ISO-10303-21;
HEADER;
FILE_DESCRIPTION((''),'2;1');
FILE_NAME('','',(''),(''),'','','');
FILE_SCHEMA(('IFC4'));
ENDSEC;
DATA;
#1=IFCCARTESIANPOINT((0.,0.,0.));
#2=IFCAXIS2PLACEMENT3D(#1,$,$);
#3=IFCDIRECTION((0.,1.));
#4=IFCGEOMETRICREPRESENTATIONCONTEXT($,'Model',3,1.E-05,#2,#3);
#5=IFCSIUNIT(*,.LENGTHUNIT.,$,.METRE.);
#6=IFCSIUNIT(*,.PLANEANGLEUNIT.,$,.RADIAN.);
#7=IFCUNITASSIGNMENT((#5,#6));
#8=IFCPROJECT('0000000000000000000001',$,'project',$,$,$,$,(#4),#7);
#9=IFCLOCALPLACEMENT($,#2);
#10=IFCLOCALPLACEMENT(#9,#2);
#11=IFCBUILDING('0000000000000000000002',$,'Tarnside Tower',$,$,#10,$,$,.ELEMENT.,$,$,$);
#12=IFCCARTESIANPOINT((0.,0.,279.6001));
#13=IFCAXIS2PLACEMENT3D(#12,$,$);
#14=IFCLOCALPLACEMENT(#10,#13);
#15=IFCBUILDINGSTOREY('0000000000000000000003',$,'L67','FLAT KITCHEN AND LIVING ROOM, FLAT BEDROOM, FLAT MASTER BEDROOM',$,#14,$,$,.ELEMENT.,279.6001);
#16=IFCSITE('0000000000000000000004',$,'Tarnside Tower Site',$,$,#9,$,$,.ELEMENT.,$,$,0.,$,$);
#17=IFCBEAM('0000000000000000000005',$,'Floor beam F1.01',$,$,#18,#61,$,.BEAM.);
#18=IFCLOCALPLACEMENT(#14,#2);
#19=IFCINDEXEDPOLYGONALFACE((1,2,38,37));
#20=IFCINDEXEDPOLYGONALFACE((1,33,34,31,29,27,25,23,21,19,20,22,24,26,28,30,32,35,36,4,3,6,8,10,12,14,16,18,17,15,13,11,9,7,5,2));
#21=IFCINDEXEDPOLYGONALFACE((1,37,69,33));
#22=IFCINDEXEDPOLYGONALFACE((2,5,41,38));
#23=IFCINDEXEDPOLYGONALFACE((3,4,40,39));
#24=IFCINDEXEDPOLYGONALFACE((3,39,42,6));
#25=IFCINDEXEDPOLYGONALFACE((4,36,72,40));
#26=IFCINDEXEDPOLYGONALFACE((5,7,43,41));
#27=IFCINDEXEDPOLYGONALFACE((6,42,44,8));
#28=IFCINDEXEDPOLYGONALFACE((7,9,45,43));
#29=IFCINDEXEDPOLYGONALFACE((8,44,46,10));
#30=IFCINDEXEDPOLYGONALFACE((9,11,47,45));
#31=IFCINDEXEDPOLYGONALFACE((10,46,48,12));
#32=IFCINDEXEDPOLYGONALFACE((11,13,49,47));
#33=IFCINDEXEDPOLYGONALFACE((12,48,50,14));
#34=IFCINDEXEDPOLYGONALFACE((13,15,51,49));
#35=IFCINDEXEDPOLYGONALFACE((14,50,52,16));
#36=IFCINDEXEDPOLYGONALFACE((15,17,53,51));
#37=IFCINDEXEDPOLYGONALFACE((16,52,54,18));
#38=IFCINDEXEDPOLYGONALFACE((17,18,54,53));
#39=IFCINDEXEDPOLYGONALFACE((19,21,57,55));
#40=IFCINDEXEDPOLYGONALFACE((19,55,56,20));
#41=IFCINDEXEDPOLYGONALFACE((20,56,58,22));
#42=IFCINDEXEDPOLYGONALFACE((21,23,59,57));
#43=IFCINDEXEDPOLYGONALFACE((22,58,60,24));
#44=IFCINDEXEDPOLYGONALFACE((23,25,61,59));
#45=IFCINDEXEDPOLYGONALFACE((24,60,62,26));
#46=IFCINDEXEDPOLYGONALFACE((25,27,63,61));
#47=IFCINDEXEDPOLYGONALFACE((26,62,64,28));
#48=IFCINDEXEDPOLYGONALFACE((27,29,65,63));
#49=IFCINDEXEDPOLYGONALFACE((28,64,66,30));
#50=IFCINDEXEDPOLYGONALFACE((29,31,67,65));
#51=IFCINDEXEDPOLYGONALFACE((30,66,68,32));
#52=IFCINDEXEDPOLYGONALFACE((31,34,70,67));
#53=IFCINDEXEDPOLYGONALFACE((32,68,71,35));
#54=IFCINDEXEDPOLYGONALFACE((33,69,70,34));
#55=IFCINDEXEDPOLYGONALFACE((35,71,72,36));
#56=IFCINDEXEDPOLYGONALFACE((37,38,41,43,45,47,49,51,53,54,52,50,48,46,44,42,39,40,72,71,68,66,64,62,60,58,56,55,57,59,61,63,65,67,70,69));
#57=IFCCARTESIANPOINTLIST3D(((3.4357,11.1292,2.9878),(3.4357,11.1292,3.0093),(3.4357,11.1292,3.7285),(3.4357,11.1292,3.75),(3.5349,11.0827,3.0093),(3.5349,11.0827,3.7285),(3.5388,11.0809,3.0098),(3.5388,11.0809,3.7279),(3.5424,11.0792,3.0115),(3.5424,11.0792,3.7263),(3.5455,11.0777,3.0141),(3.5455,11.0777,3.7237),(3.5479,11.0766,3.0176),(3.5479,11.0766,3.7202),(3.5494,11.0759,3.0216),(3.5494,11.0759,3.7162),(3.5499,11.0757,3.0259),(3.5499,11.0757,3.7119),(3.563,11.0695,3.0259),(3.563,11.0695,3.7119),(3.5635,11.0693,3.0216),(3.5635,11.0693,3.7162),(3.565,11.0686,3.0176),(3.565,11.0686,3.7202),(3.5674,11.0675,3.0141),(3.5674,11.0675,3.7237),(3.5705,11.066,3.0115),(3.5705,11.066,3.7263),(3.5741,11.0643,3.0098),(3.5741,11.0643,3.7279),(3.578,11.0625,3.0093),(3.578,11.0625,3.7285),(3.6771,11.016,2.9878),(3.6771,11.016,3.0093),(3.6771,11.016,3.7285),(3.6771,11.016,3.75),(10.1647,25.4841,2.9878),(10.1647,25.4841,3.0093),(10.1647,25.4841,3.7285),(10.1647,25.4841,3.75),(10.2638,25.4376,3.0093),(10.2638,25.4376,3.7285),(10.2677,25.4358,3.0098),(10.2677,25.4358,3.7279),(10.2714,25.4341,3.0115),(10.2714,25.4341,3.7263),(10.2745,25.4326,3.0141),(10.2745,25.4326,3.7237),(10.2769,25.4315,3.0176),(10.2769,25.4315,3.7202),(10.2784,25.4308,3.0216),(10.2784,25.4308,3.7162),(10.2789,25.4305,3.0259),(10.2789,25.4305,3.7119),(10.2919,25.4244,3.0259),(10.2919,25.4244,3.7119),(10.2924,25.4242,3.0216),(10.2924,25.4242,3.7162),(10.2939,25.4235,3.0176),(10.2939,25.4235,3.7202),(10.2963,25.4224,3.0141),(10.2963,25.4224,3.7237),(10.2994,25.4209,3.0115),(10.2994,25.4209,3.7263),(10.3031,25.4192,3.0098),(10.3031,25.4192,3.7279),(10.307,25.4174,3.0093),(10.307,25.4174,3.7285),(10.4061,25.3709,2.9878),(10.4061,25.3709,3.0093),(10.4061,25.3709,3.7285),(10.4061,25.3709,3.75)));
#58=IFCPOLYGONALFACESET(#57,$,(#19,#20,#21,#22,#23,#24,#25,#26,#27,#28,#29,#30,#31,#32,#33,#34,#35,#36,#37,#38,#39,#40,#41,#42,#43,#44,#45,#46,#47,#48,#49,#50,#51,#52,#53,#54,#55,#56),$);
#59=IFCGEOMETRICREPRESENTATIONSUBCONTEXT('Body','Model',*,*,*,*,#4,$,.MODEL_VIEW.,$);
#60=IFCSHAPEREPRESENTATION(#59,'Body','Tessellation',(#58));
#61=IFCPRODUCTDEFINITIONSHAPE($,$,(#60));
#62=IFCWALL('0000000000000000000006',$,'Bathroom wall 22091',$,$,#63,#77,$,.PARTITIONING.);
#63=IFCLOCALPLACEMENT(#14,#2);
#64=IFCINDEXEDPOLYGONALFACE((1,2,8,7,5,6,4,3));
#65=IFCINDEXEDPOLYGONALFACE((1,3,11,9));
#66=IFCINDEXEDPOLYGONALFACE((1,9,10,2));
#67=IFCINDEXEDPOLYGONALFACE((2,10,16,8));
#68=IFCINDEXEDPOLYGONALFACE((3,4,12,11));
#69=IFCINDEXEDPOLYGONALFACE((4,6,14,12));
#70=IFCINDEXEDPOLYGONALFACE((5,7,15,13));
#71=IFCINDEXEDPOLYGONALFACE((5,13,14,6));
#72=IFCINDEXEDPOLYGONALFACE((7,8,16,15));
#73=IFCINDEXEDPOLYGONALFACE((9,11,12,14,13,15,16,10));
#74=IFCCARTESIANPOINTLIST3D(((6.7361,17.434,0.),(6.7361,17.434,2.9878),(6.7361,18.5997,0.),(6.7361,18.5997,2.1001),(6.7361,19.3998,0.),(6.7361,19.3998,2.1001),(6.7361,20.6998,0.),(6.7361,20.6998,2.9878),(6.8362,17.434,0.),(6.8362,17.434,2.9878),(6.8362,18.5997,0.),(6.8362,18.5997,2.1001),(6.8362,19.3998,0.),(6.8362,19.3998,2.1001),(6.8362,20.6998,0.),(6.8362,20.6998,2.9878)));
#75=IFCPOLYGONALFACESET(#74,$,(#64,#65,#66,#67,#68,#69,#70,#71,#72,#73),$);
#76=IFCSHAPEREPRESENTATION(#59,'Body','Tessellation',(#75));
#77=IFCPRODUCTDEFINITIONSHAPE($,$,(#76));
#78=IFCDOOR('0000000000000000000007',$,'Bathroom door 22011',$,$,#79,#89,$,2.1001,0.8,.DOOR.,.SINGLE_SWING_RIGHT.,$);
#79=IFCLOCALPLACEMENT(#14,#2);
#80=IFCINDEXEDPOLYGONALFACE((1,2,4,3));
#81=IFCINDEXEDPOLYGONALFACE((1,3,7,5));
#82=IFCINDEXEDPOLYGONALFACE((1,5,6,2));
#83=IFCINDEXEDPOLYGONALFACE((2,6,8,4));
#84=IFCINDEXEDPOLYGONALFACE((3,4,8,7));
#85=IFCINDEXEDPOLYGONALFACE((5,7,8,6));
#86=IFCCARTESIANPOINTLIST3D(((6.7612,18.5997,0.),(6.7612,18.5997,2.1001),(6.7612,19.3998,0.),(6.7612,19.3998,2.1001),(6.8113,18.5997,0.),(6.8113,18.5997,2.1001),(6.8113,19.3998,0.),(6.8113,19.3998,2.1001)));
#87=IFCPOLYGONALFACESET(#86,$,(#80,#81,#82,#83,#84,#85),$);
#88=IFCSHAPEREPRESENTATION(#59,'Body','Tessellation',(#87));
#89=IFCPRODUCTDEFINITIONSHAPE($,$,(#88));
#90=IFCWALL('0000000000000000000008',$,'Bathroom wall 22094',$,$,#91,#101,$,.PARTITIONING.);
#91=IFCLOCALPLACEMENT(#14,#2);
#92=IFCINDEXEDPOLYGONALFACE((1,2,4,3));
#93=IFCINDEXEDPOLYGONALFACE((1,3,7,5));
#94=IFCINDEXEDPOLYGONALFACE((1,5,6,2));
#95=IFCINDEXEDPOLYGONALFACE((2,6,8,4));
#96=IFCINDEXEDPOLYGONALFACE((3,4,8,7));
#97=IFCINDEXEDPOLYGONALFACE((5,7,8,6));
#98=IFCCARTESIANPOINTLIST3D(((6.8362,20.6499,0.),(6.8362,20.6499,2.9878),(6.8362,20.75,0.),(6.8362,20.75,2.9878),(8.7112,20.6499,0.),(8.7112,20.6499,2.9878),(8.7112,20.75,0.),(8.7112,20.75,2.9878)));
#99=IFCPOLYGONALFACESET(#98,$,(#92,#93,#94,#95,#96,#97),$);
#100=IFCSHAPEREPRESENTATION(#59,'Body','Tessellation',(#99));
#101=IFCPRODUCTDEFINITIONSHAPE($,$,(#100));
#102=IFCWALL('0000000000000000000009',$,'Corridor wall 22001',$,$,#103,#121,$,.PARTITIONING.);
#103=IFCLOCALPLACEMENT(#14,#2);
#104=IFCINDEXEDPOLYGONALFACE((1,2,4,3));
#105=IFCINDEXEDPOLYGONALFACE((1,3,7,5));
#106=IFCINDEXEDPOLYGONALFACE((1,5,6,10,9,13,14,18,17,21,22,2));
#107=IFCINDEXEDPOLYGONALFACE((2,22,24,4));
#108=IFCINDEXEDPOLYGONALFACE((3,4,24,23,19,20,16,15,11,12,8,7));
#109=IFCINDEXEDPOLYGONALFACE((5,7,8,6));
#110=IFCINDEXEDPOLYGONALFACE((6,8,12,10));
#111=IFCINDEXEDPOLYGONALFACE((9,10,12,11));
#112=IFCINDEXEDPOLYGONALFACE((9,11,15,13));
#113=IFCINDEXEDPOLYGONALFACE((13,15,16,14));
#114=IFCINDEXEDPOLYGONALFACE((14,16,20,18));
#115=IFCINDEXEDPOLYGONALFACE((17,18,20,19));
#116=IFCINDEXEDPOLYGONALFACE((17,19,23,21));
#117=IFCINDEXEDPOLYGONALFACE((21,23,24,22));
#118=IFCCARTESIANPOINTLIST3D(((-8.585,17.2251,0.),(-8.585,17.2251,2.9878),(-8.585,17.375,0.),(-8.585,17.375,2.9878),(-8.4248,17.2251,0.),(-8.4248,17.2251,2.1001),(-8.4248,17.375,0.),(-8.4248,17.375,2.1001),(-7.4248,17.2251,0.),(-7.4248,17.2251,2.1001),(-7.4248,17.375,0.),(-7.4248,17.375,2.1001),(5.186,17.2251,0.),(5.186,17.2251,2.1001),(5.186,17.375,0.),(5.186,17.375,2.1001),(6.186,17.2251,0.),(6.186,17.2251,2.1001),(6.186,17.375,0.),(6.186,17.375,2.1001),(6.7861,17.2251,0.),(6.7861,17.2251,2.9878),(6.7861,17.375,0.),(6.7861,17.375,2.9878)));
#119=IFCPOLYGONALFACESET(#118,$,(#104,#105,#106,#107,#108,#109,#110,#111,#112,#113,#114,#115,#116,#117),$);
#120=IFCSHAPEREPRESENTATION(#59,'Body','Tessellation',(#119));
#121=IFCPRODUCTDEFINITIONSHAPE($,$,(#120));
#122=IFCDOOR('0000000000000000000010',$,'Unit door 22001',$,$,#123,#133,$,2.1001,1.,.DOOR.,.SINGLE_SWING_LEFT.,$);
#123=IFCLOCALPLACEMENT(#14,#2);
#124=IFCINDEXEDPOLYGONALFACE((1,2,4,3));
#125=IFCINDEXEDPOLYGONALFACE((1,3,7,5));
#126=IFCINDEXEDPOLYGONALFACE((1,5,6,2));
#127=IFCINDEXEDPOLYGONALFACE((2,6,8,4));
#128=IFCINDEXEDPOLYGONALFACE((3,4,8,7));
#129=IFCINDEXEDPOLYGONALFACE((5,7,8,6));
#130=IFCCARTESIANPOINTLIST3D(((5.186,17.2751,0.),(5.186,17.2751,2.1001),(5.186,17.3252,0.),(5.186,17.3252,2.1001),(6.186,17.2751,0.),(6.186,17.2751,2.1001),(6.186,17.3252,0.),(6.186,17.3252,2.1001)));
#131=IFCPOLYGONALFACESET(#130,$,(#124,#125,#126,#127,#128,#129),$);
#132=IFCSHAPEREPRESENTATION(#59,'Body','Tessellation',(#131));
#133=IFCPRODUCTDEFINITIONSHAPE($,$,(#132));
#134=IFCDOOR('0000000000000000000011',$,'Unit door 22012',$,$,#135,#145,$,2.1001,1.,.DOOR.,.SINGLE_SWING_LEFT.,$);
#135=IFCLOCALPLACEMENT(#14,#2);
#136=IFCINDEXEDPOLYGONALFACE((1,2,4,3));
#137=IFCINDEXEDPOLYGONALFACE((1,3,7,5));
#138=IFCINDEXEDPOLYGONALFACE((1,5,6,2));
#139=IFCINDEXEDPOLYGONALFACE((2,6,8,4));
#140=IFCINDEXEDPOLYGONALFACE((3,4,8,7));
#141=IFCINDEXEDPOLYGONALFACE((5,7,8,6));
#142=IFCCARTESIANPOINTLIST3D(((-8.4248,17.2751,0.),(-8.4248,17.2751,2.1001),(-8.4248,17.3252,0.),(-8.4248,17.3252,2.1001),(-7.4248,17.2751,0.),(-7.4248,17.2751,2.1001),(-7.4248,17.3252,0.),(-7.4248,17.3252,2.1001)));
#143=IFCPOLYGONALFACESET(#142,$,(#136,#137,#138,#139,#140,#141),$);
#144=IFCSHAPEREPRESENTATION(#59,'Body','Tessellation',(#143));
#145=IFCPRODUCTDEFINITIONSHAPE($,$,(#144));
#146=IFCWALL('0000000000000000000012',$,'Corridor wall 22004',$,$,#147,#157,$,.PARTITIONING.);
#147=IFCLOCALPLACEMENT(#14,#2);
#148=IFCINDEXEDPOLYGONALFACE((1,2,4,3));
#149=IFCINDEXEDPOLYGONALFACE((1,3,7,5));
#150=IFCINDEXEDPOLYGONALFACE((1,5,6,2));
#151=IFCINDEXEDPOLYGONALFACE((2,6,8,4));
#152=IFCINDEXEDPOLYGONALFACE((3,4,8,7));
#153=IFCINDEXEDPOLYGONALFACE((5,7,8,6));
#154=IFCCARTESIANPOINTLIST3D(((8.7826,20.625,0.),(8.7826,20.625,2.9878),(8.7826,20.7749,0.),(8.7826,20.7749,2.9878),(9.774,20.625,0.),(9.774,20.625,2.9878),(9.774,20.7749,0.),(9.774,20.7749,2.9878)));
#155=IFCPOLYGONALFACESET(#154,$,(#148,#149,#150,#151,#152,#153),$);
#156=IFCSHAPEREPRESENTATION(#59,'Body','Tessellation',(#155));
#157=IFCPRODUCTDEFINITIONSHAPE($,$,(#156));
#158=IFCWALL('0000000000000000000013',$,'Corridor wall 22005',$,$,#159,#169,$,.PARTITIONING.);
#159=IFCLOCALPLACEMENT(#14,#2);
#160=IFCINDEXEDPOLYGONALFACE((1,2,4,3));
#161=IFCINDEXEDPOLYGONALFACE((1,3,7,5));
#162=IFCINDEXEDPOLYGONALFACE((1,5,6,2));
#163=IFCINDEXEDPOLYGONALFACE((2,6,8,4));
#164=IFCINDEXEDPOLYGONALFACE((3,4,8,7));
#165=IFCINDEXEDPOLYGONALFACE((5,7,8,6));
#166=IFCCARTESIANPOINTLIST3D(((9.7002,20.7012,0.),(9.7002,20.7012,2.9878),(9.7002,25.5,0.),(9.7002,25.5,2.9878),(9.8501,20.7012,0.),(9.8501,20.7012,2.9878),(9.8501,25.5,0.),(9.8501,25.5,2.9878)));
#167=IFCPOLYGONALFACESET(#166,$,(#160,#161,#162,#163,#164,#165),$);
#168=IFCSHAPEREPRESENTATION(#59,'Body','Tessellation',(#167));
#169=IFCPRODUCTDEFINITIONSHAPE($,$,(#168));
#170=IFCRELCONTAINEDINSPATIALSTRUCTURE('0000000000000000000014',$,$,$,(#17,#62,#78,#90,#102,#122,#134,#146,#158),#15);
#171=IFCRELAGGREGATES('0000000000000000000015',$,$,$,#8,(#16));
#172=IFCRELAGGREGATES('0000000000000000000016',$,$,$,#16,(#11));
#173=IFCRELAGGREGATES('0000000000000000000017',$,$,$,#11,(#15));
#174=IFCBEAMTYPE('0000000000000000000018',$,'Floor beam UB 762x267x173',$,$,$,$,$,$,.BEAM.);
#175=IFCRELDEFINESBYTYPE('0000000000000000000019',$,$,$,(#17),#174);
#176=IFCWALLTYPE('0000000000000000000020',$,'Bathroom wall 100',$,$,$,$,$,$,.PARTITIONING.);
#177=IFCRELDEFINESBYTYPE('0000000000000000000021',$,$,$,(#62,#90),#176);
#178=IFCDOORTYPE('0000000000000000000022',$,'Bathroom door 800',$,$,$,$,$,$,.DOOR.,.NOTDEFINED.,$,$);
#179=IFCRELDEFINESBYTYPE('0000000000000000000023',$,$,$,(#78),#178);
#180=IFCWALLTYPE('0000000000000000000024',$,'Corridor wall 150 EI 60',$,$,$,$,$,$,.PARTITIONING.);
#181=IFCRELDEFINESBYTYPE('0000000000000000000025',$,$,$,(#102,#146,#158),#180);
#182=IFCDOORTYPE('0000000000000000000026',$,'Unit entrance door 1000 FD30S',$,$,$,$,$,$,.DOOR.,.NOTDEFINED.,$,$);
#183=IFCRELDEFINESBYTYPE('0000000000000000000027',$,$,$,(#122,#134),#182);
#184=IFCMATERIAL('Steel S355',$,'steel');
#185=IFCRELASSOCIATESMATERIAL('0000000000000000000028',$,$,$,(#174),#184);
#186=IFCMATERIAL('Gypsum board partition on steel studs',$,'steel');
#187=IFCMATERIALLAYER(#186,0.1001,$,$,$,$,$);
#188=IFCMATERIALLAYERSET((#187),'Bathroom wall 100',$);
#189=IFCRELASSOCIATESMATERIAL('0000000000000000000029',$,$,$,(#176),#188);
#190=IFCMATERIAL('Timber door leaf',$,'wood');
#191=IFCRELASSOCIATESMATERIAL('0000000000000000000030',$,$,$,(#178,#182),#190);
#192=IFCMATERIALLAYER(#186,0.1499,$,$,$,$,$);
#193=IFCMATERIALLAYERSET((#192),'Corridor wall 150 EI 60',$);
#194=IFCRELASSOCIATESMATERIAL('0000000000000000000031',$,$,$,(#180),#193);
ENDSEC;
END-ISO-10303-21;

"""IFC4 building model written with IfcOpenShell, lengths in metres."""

from ifc_helpers import new_model, si_unit, direction, frame, frame_2d, origin, origin_2d, place, context, subcontext, project, spatial, rectangle, i_section, extrude, material, layer, layer_set, material_profile, profile_set, type_object, element, fill, save


model = new_model("IFC4")

# Units and contexts
model_context = context("Model", 3, precision=1e-05, world=origin(), true_north=direction((0.0, 1.0)))
body_context = subcontext(model_context, "Body", "Model", "MODEL_VIEW")
ifc_project = project(units=[si_unit("LENGTHUNIT", "METRE"), si_unit("PLANEANGLEUNIT", "RADIAN")], contexts=[model_context])

# Site, building, storey
site_placement = place(None, origin())
site = spatial("IfcSite", under=ifc_project, at=site_placement, Name="Tarnside Tower Site", CompositionType="ELEMENT", RefElevation=0.0)
building_placement = place(site_placement, origin())
building = spatial("IfcBuilding", under=site, at=building_placement, Name="Tarnside Tower", CompositionType="ELEMENT")
storey_placement = place(building_placement, frame((0.0, 0.0, 279.6001)))
storey = spatial("IfcBuildingStorey", under=building, at=storey_placement, Name="L67", Description="FLAT KITCHEN AND LIVING ROOM, FLAT BEDROOM, FLAT MASTER BEDROOM", CompositionType="ELEMENT", Elevation=279.6001)

# Beam
ifc_material_1 = material(Name="Steel S355", Category="steel")
ifc_material_profile = material_profile(ifc_material_1, i_section(OverallWidth=0.2666, OverallDepth=0.7622, WebThickness=0.0144, FlangeThickness=0.0215, FilletRadius=0.0166, at=origin_2d()), Name="UB 762x267x173")
ifc_profile_set = profile_set([ifc_material_profile], Name="Steel S355")
beam_type = type_object("IfcBeamType", Name="Floor beam UB 762x267x173", PredefinedType="BEAM", material=ifc_profile_set)
beam_placement = place(storey_placement, frame((10.2854, 25.4275, 3.3689), z_axis=(-0.424439, -0.905456, 0.0), x_axis=(0.905456, -0.424439, 0.0)))
element("IfcBeam", 1, at=beam_placement, inside=storey, type_object=beam_type, Name="Floor beam F1.01", PredefinedType="BEAM", context=body_context, shape_type="SweptSolid", body=[
    extrude(i_section(OverallWidth=0.2666, OverallDepth=0.7622, WebThickness=0.0144, FlangeThickness=0.0215, FilletRadius=0.0166, at=origin_2d()), origin(), (0.0, 0.0, 1.0), 15.8538),
])

# Wall, opening, door
ifc_material_2 = material(Name="Gypsum board partition on steel studs", Category="steel")
ifc_layer_1 = layer(ifc_material_2, 0.1001)
ifc_layer_set_1 = layer_set([ifc_layer_1], Name="Bathroom wall 100")
wall_type_1 = type_object("IfcWallType", Name="Bathroom wall 100", PredefinedType="PARTITIONING", material=ifc_layer_set_1)
wall_1_placement = place(storey_placement, frame((6.7861, 17.4341, 0.0), z_axis=(0.0, 0.0, 1.0), x_axis=(0.0, 1.0, 0.0)))
wall_1 = element("IfcWall", 2, at=wall_1_placement, inside=storey, type_object=wall_type_1, Name="Bathroom wall 22091", PredefinedType="PARTITIONING", context=body_context, shape_type="SweptSolid", body=[
    extrude(rectangle(XDim=3.2659, YDim=0.1001, at=frame_2d((1.6328, 0.0))), origin(), (0.0, 0.0, 1.0), 2.9878),
])
opening_1_placement = place(wall_1_placement, frame((1.1658, 0.0, 0.0)))
opening_1 = element("IfcOpeningElement", 3, at=opening_1_placement, cuts=wall_1, PredefinedType="OPENING", context=body_context, shape_type="SweptSolid", body=[
    extrude(rectangle(XDim=0.8, YDim=2.1001, at=frame_2d((0.3999, 1.05))), frame((0.0, 0.0601, 0.0), z_axis=(0.0, -1.0, 0.0), x_axis=(1.0, 0.0, 0.0)), (0.0, 0.0, 1.0), 0.1201),
])
ifc_material_3 = material(Name="Timber door leaf", Category="wood")
door_type_1 = type_object("IfcDoorType", Name="Bathroom door 800", OperationType="NOTDEFINED", PredefinedType="DOOR", material=ifc_material_3)
door_1_placement = place(opening_1_placement, origin())
door_1 = element("IfcDoor", 4, at=door_1_placement, inside=storey, type_object=door_type_1, Name="Bathroom door 22011", OperationType="SINGLE_SWING_RIGHT", OverallHeight=2.1001, OverallWidth=0.8, PredefinedType="DOOR", context=body_context, shape_type="SweptSolid", body=[
    extrude(rectangle(XDim=0.8, YDim=2.1001, at=frame_2d((0.3999, 1.05))), frame((0.0, 0.0249, 0.0), z_axis=(0.0, -1.0, 0.0), x_axis=(1.0, 0.0, 0.0)), (0.0, 0.0, 1.0), 0.05),
])
fill(opening_1, door_1)

# Wall
wall_2_placement = place(storey_placement, frame((6.8362, 20.7, 0.0), z_axis=(0.0, 0.0, 1.0), x_axis=(1.0, 0.0, 0.0)))
element("IfcWall", 5, at=wall_2_placement, inside=storey, type_object=wall_type_1, Name="Bathroom wall 22094", PredefinedType="PARTITIONING", context=body_context, shape_type="SweptSolid", body=[
    extrude(rectangle(XDim=1.875, YDim=0.1001, at=frame_2d((0.9375, 0.0))), origin(), (0.0, 0.0, 1.0), 2.9878),
])

# Wall, openings, doors
ifc_layer_2 = layer(ifc_material_2, 0.1499)
ifc_layer_set_2 = layer_set([ifc_layer_2], Name="Corridor wall 150 EI 60")
wall_type_2 = type_object("IfcWallType", Name="Corridor wall 150 EI 60", PredefinedType="PARTITIONING", material=ifc_layer_set_2)
wall_3_placement = place(storey_placement, frame((6.7861, 17.3, 0.0), z_axis=(0.0, 0.0, 1.0), x_axis=(-1.0, 0.0, 0.0)))
wall_3 = element("IfcWall", 6, at=wall_3_placement, inside=storey, type_object=wall_type_2, Name="Corridor wall 22001", PredefinedType="PARTITIONING", context=body_context, shape_type="SweptSolid", body=[
    extrude(rectangle(XDim=15.3711, YDim=0.1499, at=frame_2d((7.6855, 0.0))), origin(), (0.0, 0.0, 1.0), 2.9878),
])
opening_2_placement = place(wall_3_placement, frame((0.6001, 0.0, 0.0)))
opening_2 = element("IfcOpeningElement", 7, at=opening_2_placement, cuts=wall_3, PredefinedType="OPENING", context=body_context, shape_type="SweptSolid", body=[
    extrude(rectangle(XDim=1.0, YDim=2.1001, at=frame_2d((0.5, 1.05))), frame((0.0, 0.085, 0.0), z_axis=(0.0, -1.0, 0.0), x_axis=(1.0, 0.0, 0.0)), (0.0, 0.0, 1.0), 0.1699),
])
opening_3_placement = place(wall_3_placement, frame((14.2109, 0.0, 0.0)))
opening_3 = element("IfcOpeningElement", 8, at=opening_3_placement, cuts=wall_3, PredefinedType="OPENING", context=body_context, shape_type="SweptSolid", body=[
    extrude(rectangle(XDim=1.0, YDim=2.1001, at=frame_2d((0.5, 1.05))), frame((0.0, 0.085, 0.0), z_axis=(0.0, -1.0, 0.0), x_axis=(1.0, 0.0, 0.0)), (0.0, 0.0, 1.0), 0.1699),
])
door_type_2 = type_object("IfcDoorType", Name="Unit entrance door 1000 FD30S", OperationType="NOTDEFINED", PredefinedType="DOOR", material=ifc_material_3)
door_2_placement = place(opening_2_placement, origin())
door_2 = element("IfcDoor", 9, at=door_2_placement, inside=storey, type_object=door_type_2, Name="Unit door 22001", OperationType="SINGLE_SWING_LEFT", OverallHeight=2.1001, OverallWidth=1.0, PredefinedType="DOOR", context=body_context, shape_type="SweptSolid", body=[
    extrude(rectangle(XDim=1.0, YDim=2.1001, at=frame_2d((0.5, 1.05))), frame((0.0, 0.0249, 0.0), z_axis=(0.0, -1.0, 0.0), x_axis=(1.0, 0.0, 0.0)), (0.0, 0.0, 1.0), 0.05),
])
fill(opening_2, door_2)
door_3_placement = place(opening_3_placement, origin())
door_3 = element("IfcDoor", 10, at=door_3_placement, inside=storey, type_object=door_type_2, Name="Unit door 22012", OperationType="SINGLE_SWING_LEFT", OverallHeight=2.1001, OverallWidth=1.0, PredefinedType="DOOR", context=body_context, shape_type="SweptSolid", body=[
    extrude(rectangle(XDim=1.0, YDim=2.1001, at=frame_2d((0.5, 1.05))), frame((0.0, 0.0249, 0.0), z_axis=(0.0, -1.0, 0.0), x_axis=(1.0, 0.0, 0.0)), (0.0, 0.0, 1.0), 0.05),
])
fill(opening_3, door_3)

# Walls
wall_4_placement = place(storey_placement, frame((9.7739, 20.7, 0.0), z_axis=(0.0, 0.0, 1.0), x_axis=(-1.0, 0.0, 0.0)))
element("IfcWall", 11, at=wall_4_placement, inside=storey, type_object=wall_type_2, Name="Corridor wall 22004", PredefinedType="PARTITIONING", context=body_context, shape_type="SweptSolid", body=[
    extrude(rectangle(XDim=0.9915, YDim=0.1499, at=frame_2d((0.4956, 0.0))), origin(), (0.0, 0.0, 1.0), 2.9878),
])
wall_5_placement = place(storey_placement, frame((9.7751, 25.5, 0.0), z_axis=(0.0, 0.0, 1.0), x_axis=(0.0, -1.0, 0.0)))
element("IfcWall", 12, at=wall_5_placement, inside=storey, type_object=wall_type_2, Name="Corridor wall 22005", PredefinedType="PARTITIONING", context=body_context, shape_type="SweptSolid", body=[
    extrude(rectangle(XDim=4.7988, YDim=0.1499, at=frame_2d((2.3994, 0.0))), origin(), (0.0, 0.0, 1.0), 2.9878),
])

save(model, "model.ifc")
